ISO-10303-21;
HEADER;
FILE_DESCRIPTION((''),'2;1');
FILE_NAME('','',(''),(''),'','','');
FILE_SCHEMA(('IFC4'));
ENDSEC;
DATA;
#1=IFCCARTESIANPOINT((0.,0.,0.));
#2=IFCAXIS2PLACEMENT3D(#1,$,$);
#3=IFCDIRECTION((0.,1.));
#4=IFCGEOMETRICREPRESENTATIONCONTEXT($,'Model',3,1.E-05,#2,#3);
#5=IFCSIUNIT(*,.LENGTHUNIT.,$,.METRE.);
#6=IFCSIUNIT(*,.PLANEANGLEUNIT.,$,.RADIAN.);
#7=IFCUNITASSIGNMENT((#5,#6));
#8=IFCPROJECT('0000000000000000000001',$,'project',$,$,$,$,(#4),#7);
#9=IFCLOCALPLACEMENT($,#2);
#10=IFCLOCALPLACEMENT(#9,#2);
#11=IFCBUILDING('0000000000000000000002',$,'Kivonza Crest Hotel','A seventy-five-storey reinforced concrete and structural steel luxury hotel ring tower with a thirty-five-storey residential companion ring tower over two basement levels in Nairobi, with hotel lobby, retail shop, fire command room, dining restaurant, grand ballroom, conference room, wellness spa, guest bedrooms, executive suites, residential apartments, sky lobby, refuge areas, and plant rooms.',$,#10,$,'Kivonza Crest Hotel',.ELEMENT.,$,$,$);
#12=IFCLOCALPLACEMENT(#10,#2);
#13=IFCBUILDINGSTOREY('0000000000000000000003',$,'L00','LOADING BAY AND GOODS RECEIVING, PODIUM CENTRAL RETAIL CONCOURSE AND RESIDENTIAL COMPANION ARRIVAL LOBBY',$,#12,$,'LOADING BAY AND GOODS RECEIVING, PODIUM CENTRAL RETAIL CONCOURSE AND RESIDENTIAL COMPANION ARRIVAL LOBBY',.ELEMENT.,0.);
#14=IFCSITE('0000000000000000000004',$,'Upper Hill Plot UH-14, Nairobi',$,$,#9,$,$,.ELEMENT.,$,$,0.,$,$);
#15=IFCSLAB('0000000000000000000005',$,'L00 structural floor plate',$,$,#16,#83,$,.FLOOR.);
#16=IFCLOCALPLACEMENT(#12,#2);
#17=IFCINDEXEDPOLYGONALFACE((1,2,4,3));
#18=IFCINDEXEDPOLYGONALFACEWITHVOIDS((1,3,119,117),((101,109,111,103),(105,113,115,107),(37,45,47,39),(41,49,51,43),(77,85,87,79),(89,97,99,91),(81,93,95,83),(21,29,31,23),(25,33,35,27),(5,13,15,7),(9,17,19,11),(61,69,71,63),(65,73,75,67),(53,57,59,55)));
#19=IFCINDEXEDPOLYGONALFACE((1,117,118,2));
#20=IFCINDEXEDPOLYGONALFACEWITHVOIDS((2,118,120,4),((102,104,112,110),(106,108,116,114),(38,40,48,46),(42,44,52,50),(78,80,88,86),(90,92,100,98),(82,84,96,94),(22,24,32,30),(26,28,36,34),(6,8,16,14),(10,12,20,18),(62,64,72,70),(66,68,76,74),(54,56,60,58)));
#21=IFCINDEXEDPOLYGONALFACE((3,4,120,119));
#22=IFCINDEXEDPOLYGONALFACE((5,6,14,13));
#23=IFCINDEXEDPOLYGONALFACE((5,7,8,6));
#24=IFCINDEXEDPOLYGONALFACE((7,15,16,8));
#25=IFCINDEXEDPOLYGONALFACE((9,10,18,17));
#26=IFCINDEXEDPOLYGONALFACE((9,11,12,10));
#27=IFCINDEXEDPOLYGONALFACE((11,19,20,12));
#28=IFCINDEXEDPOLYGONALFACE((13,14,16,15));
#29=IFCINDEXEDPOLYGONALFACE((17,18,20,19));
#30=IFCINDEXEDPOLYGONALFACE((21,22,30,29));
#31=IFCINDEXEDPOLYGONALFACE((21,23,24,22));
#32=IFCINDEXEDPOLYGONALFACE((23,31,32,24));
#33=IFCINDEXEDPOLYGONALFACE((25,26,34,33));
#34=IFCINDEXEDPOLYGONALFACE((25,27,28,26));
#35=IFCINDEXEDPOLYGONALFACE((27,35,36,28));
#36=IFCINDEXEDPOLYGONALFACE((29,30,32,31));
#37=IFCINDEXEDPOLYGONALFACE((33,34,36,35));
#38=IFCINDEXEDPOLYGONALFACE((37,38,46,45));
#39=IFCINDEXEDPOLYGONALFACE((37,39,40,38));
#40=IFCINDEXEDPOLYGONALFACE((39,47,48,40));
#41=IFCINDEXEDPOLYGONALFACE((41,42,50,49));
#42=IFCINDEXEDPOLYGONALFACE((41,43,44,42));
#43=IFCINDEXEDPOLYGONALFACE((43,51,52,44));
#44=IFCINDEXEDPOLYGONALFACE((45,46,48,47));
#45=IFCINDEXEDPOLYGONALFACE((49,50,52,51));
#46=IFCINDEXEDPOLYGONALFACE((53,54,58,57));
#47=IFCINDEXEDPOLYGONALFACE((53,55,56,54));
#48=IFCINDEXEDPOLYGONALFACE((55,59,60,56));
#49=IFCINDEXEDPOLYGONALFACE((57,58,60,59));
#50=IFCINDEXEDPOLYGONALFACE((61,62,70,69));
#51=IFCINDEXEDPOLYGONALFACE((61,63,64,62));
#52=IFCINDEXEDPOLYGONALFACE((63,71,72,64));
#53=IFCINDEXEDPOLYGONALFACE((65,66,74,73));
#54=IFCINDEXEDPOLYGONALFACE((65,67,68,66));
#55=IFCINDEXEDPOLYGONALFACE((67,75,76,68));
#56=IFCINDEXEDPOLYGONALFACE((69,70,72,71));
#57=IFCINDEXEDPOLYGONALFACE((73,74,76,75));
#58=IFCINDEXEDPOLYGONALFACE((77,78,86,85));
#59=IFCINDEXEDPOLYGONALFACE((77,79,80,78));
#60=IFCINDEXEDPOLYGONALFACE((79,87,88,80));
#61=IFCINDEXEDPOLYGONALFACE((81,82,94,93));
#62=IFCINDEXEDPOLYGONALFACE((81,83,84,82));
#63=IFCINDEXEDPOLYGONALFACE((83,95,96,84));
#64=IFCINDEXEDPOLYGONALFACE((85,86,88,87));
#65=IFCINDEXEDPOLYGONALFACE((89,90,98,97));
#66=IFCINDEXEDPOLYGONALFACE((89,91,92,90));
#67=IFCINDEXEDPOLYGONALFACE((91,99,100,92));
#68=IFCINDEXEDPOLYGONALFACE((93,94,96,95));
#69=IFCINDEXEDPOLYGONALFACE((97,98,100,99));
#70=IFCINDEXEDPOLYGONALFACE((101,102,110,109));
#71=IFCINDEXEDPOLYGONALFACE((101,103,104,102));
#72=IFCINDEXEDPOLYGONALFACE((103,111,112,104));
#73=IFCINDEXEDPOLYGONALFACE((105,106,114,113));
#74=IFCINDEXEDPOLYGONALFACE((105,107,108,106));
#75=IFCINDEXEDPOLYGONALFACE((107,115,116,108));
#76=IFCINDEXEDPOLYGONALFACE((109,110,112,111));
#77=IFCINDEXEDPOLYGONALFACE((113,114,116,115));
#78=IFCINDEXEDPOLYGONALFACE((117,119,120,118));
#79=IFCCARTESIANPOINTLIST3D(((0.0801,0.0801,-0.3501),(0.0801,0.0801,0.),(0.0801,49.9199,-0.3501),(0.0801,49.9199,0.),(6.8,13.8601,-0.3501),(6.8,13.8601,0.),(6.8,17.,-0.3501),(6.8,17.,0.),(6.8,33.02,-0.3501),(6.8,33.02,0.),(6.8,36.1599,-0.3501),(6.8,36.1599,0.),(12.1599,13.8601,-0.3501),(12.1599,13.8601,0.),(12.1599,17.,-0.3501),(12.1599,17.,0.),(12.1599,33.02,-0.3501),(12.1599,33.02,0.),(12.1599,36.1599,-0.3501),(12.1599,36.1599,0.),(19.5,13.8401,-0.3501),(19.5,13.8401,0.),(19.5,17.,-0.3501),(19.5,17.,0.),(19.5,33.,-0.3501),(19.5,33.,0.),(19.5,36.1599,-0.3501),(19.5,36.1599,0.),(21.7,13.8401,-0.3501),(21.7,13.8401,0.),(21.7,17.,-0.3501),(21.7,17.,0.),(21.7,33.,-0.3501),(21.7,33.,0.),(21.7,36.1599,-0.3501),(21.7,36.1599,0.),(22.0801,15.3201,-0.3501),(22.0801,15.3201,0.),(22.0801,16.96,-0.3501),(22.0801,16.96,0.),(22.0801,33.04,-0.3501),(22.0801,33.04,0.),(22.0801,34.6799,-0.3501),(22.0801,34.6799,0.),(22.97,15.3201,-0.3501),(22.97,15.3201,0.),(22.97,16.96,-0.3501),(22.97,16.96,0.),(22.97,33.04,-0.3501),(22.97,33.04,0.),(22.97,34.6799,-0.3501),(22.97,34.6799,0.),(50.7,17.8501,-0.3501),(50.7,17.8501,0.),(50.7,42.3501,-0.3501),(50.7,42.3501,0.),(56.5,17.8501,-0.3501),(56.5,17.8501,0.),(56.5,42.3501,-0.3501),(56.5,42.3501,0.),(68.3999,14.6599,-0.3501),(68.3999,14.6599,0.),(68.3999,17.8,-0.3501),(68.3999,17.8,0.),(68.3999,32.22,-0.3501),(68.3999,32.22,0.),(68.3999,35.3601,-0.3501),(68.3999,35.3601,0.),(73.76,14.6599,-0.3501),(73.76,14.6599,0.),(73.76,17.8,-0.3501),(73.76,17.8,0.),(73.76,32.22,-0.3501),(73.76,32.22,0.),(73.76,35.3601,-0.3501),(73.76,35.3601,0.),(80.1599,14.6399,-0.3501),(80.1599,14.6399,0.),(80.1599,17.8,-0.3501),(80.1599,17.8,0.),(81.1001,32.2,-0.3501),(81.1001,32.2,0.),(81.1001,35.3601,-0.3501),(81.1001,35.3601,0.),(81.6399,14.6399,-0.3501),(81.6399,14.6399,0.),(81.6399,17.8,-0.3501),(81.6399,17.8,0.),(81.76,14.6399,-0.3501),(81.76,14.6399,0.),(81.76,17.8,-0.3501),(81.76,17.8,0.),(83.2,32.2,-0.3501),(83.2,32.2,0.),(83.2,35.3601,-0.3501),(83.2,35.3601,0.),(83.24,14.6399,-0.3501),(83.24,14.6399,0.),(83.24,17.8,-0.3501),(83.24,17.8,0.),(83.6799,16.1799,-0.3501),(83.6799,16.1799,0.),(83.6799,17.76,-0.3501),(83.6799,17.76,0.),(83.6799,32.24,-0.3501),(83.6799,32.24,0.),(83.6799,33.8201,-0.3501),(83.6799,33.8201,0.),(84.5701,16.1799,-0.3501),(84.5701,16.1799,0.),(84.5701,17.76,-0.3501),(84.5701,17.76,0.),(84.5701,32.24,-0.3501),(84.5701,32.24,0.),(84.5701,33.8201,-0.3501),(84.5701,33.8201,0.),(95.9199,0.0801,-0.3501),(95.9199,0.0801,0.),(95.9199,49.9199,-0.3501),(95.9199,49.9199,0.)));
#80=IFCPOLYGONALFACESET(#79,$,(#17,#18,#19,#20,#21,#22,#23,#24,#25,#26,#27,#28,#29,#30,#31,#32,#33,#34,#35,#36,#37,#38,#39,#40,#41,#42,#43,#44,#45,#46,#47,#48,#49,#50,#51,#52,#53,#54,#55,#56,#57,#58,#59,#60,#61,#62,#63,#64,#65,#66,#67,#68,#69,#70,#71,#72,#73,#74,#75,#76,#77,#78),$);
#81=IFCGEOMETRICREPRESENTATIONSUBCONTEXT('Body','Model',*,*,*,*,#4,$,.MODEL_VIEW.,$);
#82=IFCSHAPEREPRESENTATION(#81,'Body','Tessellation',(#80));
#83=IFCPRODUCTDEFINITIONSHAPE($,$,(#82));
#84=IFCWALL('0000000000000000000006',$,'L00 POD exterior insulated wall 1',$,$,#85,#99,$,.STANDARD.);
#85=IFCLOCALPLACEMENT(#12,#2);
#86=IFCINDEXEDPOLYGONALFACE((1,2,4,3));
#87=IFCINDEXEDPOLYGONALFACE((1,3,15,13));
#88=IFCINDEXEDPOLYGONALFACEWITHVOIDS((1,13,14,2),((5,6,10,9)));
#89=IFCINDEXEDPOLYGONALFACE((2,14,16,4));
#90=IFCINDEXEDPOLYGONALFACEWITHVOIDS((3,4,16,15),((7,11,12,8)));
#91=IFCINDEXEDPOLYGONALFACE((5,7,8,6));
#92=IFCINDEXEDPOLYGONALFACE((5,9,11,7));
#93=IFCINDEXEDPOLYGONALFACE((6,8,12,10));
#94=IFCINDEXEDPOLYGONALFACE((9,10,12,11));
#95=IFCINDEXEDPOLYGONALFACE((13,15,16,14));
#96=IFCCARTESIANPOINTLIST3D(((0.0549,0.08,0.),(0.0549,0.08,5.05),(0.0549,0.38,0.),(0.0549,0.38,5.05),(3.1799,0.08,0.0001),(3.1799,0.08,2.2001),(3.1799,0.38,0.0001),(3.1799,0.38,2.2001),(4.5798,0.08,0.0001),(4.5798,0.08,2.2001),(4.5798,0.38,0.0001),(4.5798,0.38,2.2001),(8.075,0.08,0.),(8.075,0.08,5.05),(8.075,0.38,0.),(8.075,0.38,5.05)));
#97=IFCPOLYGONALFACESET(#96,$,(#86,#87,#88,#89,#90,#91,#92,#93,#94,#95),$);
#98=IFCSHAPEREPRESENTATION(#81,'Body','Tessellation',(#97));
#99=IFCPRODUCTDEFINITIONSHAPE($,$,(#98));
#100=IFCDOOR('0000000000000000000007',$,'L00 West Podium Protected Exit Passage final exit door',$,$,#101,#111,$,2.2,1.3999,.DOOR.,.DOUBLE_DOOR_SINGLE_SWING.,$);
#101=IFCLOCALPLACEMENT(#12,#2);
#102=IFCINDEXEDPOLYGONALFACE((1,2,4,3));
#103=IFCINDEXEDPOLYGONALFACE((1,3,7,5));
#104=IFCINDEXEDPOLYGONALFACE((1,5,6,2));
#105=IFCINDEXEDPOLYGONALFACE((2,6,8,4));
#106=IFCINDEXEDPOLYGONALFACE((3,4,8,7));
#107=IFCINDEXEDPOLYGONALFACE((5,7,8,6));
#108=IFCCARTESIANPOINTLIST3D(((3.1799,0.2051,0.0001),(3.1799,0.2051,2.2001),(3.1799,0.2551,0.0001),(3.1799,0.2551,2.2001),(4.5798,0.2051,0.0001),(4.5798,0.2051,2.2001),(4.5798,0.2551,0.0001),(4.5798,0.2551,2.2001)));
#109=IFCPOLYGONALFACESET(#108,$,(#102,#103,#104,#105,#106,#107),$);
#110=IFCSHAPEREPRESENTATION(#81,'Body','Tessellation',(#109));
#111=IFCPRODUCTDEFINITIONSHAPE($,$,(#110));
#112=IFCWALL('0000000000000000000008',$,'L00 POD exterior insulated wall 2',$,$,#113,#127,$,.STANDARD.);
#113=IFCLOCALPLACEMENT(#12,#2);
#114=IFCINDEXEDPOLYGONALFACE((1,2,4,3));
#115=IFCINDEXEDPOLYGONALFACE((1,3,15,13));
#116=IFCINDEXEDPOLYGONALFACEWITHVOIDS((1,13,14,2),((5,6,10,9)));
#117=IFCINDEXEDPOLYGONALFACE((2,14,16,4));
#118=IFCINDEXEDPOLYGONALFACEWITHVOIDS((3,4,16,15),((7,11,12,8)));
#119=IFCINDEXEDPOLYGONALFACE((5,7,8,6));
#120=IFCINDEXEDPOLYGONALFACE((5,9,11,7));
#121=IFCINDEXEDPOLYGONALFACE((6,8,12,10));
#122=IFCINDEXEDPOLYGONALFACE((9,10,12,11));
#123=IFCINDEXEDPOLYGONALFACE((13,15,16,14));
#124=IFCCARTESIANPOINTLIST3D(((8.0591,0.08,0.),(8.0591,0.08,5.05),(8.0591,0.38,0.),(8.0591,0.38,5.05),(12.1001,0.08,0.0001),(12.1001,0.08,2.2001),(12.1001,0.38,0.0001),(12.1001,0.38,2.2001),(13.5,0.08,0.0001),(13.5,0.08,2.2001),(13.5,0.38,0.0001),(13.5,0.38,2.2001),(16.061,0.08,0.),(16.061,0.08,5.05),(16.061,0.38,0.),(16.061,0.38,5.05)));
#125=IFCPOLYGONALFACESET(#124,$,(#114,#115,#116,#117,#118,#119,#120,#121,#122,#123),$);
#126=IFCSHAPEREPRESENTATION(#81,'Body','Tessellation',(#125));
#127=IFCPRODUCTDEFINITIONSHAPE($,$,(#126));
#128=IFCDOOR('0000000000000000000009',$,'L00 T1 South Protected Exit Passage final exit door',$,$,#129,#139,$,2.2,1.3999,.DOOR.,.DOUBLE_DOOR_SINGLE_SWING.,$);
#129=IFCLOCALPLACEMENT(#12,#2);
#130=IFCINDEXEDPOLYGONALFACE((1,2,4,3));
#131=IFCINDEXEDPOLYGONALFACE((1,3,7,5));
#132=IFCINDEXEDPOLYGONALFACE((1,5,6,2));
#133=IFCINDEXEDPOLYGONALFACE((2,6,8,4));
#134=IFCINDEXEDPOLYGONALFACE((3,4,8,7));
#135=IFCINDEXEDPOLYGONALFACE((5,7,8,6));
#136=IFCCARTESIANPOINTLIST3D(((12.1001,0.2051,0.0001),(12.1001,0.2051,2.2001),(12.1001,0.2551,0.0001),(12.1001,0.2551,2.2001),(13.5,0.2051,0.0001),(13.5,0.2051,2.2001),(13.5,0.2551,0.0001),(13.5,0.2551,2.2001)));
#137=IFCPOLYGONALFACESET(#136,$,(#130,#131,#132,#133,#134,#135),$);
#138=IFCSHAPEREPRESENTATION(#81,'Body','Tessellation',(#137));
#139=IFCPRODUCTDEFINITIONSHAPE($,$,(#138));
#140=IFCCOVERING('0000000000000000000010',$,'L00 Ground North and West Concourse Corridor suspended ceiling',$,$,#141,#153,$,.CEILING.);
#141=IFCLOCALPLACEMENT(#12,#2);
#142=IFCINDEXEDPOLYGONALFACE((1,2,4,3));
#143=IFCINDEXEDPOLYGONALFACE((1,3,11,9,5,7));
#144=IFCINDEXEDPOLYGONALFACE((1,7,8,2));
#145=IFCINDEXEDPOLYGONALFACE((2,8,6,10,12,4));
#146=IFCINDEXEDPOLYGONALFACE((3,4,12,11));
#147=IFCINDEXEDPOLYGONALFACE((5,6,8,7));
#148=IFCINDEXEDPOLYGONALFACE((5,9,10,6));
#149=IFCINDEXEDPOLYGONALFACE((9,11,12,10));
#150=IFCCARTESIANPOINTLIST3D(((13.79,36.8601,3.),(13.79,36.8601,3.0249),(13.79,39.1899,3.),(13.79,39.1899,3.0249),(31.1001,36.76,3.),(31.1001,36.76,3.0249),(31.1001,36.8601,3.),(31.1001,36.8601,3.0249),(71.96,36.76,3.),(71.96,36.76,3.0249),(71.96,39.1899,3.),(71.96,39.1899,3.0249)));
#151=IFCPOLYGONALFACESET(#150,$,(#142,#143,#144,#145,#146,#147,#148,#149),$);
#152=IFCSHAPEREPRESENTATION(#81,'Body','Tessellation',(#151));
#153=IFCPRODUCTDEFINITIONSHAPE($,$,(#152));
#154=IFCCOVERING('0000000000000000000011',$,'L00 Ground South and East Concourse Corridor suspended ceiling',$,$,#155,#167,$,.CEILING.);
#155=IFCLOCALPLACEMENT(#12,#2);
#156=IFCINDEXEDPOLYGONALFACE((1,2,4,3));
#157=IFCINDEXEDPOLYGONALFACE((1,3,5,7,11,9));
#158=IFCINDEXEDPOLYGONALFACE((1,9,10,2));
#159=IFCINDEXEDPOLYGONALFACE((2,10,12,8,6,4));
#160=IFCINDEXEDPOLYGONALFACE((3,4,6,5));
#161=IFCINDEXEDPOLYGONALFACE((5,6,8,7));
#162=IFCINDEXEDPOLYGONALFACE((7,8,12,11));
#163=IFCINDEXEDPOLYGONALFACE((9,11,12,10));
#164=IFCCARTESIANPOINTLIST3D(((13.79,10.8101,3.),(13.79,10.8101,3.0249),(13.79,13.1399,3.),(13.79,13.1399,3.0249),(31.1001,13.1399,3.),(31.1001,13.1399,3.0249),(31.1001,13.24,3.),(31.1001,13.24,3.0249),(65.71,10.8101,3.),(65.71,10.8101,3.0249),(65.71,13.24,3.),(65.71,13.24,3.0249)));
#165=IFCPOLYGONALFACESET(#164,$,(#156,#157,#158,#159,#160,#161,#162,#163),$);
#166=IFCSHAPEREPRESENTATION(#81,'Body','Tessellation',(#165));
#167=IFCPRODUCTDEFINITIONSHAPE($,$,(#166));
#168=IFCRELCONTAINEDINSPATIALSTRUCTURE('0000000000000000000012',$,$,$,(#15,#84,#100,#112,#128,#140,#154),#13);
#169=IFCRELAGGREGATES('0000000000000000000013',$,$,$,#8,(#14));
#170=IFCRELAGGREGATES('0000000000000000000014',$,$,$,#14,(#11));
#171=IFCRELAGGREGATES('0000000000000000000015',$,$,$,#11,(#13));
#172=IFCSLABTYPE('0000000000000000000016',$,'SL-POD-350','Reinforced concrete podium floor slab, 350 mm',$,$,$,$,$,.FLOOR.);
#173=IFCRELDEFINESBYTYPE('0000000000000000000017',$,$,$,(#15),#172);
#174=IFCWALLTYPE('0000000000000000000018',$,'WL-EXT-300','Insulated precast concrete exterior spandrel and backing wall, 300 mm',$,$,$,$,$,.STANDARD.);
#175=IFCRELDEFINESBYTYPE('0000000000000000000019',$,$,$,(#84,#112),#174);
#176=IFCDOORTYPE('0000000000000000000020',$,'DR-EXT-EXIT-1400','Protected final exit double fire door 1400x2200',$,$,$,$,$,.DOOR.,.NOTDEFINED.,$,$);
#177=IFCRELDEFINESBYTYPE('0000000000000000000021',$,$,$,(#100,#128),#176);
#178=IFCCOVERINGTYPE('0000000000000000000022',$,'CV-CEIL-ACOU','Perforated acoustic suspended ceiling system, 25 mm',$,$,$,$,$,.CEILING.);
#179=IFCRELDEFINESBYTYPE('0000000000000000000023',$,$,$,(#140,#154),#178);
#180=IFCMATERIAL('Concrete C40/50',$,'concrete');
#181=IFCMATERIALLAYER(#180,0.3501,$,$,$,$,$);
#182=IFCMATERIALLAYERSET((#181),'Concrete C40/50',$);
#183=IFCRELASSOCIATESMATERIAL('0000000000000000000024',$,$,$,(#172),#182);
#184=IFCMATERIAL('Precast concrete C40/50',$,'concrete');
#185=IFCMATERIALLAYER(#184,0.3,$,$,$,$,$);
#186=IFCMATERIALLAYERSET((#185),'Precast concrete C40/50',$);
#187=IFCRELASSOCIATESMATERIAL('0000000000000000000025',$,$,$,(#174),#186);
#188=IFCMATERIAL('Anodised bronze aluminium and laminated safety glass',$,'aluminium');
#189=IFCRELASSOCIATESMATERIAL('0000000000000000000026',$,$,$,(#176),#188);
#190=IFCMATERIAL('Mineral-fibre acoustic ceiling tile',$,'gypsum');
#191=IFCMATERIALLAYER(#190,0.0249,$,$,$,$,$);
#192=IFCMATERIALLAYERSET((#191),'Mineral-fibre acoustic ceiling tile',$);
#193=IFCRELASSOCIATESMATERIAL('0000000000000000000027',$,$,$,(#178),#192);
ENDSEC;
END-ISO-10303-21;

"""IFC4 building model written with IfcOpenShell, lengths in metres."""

from ifc_helpers import new_model, si_unit, direction, frame, frame_2d, origin, place, context, subcontext, project, spatial, polyline, rectangle, outline, extrude, material, layer, layer_set, type_object, element, fill, save


model = new_model("IFC4")

# Units and contexts
model_context = context("Model", 3, precision=1e-05, world=origin(), true_north=direction((0.0, 1.0)))
body_context = subcontext(model_context, "Body", "Model", "MODEL_VIEW")
ifc_project = project(units=[si_unit("LENGTHUNIT", "METRE"), si_unit("PLANEANGLEUNIT", "RADIAN")], contexts=[model_context])

# Site, building, storey
site_placement = place(None, origin())
site = spatial("IfcSite", under=ifc_project, at=site_placement, Name="Upper Hill Plot UH-14, Nairobi", CompositionType="ELEMENT", RefElevation=0.0)
building_placement = place(site_placement, origin())
building = spatial("IfcBuilding", under=site, at=building_placement, Name="Kivonza Crest Hotel", Description="A seventy-five-storey reinforced concrete and structural steel luxury hotel ring tower with a thirty-five-storey residential companion ring tower over two basement levels in Nairobi, with hotel lobby, retail shop, fire command room, dining restaurant, grand ballroom, conference room, wellness spa, guest bedrooms, executive suites, residential apartments, sky lobby, refuge areas, and plant rooms.", LongName="Kivonza Crest Hotel", CompositionType="ELEMENT")
storey_placement = place(building_placement, origin())
storey = spatial("IfcBuildingStorey", under=building, at=storey_placement, Name="L00", Description="LOADING BAY AND GOODS RECEIVING, PODIUM CENTRAL RETAIL CONCOURSE AND RESIDENTIAL COMPANION ARRIVAL LOBBY", LongName="LOADING BAY AND GOODS RECEIVING, PODIUM CENTRAL RETAIL CONCOURSE AND RESIDENTIAL COMPANION ARRIVAL LOBBY", CompositionType="ELEMENT", Elevation=0.0)

# Shared definitions
ifc_material_1 = material(Name="Concrete C40/50", Category="concrete")

# Slab
ifc_layer_1 = layer(ifc_material_1, 0.3501)
ifc_layer_set_1 = layer_set([ifc_layer_1], Name="Concrete C40/50")
slab_type_1 = type_object("IfcSlabType", Name="SL-POD-350", Description="Reinforced concrete podium floor slab, 350 mm", PredefinedType="FLOOR", material=ifc_layer_set_1)
slab_1_placement = place(storey_placement, frame((0.0, 0.0, -0.3501)))
element("IfcSlab", 1, at=slab_1_placement, inside=storey, type_object=slab_type_1, Name="L00 structural floor plate", PredefinedType="FLOOR", context=body_context, shape_type="SweptSolid", body=[
    extrude(outline(polyline([(0.0801, 0.0801), (95.9199, 0.0801), (95.9199, 49.9199), (0.0801, 49.9199), (0.0801, 0.0801)]), holes=[polyline([(6.8, 33.02), (12.1599, 33.02), (12.1599, 36.1599), (6.8, 36.1599), (6.8, 33.02)]), polyline([(6.8, 13.8601), (12.1599, 13.8601), (12.1599, 17.0), (6.8, 17.0), (6.8, 13.8601)]), polyline([(68.3999, 32.22), (73.76, 32.22), (73.76, 35.3601), (68.3999, 35.3601), (68.3999, 32.22)]), polyline([(68.3999, 14.6599), (73.76, 14.6599), (73.76, 17.8), (68.3999, 17.8), (68.3999, 14.6599)]), polyline([(22.0801, 33.04), (22.97, 33.04), (22.97, 34.6799), (22.0801, 34.6799), (22.0801, 33.04)]), polyline([(22.0801, 15.3201), (22.97, 15.3201), (22.97, 16.96), (22.0801, 16.96), (22.0801, 15.3201)]), polyline([(83.6799, 32.24), (84.5701, 32.24), (84.5701, 33.8201), (83.6799, 33.8201), (83.6799, 32.24)]), polyline([(83.6799, 16.1799), (84.5701, 16.1799), (84.5701, 17.76), (83.6799, 17.76), (83.6799, 16.1799)]), polyline([(19.5, 33.0), (21.7, 33.0), (21.7, 36.1599), (19.5, 36.1599), (19.5, 33.0)]), polyline([(19.5, 13.8401), (21.7, 13.8401), (21.7, 17.0), (19.5, 17.0), (19.5, 13.8401)]), polyline([(81.1001, 32.2), (83.2, 32.2), (83.2, 35.3601), (81.1001, 35.3601), (81.1001, 32.2)]), polyline([(80.1599, 14.6399), (81.6399, 14.6399), (81.6399, 17.8), (80.1599, 17.8), (80.1599, 14.6399)]), polyline([(81.76, 14.6399), (83.24, 14.6399), (83.24, 17.8), (81.76, 17.8), (81.76, 14.6399)]), polyline([(50.7, 17.8501), (56.5, 17.8501), (56.5, 42.3501), (50.7, 42.3501), (50.7, 17.8501)])]), origin(), (0.0, 0.0, 1.0), 0.3501),
])

# Walls, openings, doors
ifc_material_2 = material(Name="Precast concrete C40/50", Category="concrete")
ifc_layer_2 = layer(ifc_material_2, 0.3)
ifc_layer_set_2 = layer_set([ifc_layer_2], Name="Precast concrete C40/50")
wall_type = type_object("IfcWallType", Name="WL-EXT-300", Description="Insulated precast concrete exterior spandrel and backing wall, 300 mm", PredefinedType="STANDARD", material=ifc_layer_set_2)
wall_1_placement = place(storey_placement, frame((0.0549, 0.23, 0.0), z_axis=(0.0, 0.0, 1.0), x_axis=(1.0, 0.0, 0.0)))
wall_1 = element("IfcWall", 2, at=wall_1_placement, inside=storey, type_object=wall_type, Name="L00 POD exterior insulated wall 1", PredefinedType="STANDARD", context=body_context, shape_type="SweptSolid", body=[
    extrude(rectangle(XDim=8.02, YDim=0.3, at=frame_2d((4.01, 0.0))), origin(), (0.0, 0.0, 1.0), 5.05),
])
opening_1_placement = place(wall_1_placement, frame((3.125, 0.0, 0.0)))
opening_1 = element("IfcOpeningElement", 3, at=opening_1_placement, cuts=wall_1, PredefinedType="OPENING", context=body_context, shape_type="SweptSolid", body=[
    extrude(rectangle(XDim=1.3999, YDim=2.2, at=frame_2d((0.7, 1.1001))), frame((0.0, 0.1602, 0.0), z_axis=(0.0, -1.0, 0.0), x_axis=(1.0, 0.0, 0.0)), (0.0, 0.0, 1.0), 0.3201),
])
ifc_material_3 = material(Name="Anodised bronze aluminium and laminated safety glass", Category="aluminium")
door_type = type_object("IfcDoorType", Name="DR-EXT-EXIT-1400", Description="Protected final exit double fire door 1400x2200", OperationType="NOTDEFINED", PredefinedType="DOOR", material=ifc_material_3)
door_1_placement = place(opening_1_placement, frame((1.3999, 0.0, 0.0), z_axis=(0.0, 0.0, 1.0), x_axis=(-1.0, 0.0, 0.0)))
door_1 = element("IfcDoor", 4, at=door_1_placement, inside=storey, type_object=door_type, Name="L00 West Podium Protected Exit Passage final exit door", OperationType="DOUBLE_DOOR_SINGLE_SWING", OverallHeight=2.2, OverallWidth=1.3999, PredefinedType="DOOR", context=body_context, shape_type="SweptSolid", body=[
    extrude(rectangle(XDim=1.3999, YDim=2.2, at=frame_2d((0.7, 1.1001))), frame((0.0, 0.0249, 0.0), z_axis=(0.0, -1.0, 0.0), x_axis=(1.0, 0.0, 0.0)), (0.0, 0.0, 1.0), 0.05),
])
fill(opening_1, door_1)
wall_2_placement = place(storey_placement, frame((8.0591, 0.23, 0.0), z_axis=(0.0, 0.0, 1.0), x_axis=(1.0, 0.0, 0.0)))
wall_2 = element("IfcWall", 5, at=wall_2_placement, inside=storey, type_object=wall_type, Name="L00 POD exterior insulated wall 2", PredefinedType="STANDARD", context=body_context, shape_type="SweptSolid", body=[
    extrude(rectangle(XDim=8.002, YDim=0.3, at=frame_2d((4.001, 0.0))), origin(), (0.0, 0.0, 1.0), 5.05),
])
opening_2_placement = place(wall_2_placement, frame((4.041, 0.0, 0.0)))
opening_2 = element("IfcOpeningElement", 6, at=opening_2_placement, cuts=wall_2, PredefinedType="OPENING", context=body_context, shape_type="SweptSolid", body=[
    extrude(rectangle(XDim=1.3999, YDim=2.2, at=frame_2d((0.7, 1.1001))), frame((0.0, 0.1602, 0.0), z_axis=(0.0, -1.0, 0.0), x_axis=(1.0, 0.0, 0.0)), (0.0, 0.0, 1.0), 0.3201),
])
door_2_placement = place(opening_2_placement, frame((1.3999, 0.0, 0.0), z_axis=(0.0, 0.0, 1.0), x_axis=(-1.0, 0.0, 0.0)))
door_2 = element("IfcDoor", 7, at=door_2_placement, inside=storey, type_object=door_type, Name="L00 T1 South Protected Exit Passage final exit door", OperationType="DOUBLE_DOOR_SINGLE_SWING", OverallHeight=2.2, OverallWidth=1.3999, PredefinedType="DOOR", context=body_context, shape_type="SweptSolid", body=[
    extrude(rectangle(XDim=1.3999, YDim=2.2, at=frame_2d((0.7, 1.1001))), frame((0.0, 0.0249, 0.0), z_axis=(0.0, -1.0, 0.0), x_axis=(1.0, 0.0, 0.0)), (0.0, 0.0, 1.0), 0.05),
])
fill(opening_2, door_2)

# Coverings
ifc_material_4 = material(Name="Mineral-fibre acoustic ceiling tile", Category="gypsum")
ifc_layer_3 = layer(ifc_material_4, 0.0249)
ifc_layer_set_3 = layer_set([ifc_layer_3], Name="Mineral-fibre acoustic ceiling tile")
covering_type = type_object("IfcCoveringType", Name="CV-CEIL-ACOU", Description="Perforated acoustic suspended ceiling system, 25 mm", PredefinedType="CEILING", material=ifc_layer_set_3)
covering_1_placement = place(storey_placement, frame((0.0, 0.0, 3.0)))
element("IfcCovering", 8, at=covering_1_placement, inside=storey, type_object=covering_type, Name="L00 Ground North and West Concourse Corridor suspended ceiling", PredefinedType="CEILING", context=body_context, shape_type="SweptSolid", body=[
    extrude(outline(polyline([(71.96, 36.76), (71.96, 39.1899), (13.79, 39.1899), (13.79, 36.8601), (31.1001, 36.8601), (31.1001, 36.76), (71.96, 36.76)])), origin(), (0.0, 0.0, 1.0), 0.0249),
])
covering_2_placement = place(storey_placement, frame((0.0, 0.0, 3.0)))
element("IfcCovering", 9, at=covering_2_placement, inside=storey, type_object=covering_type, Name="L00 Ground South and East Concourse Corridor suspended ceiling", PredefinedType="CEILING", context=body_context, shape_type="SweptSolid", body=[
    extrude(outline(polyline([(13.79, 10.8101), (65.71, 10.8101), (65.71, 13.24), (31.1001, 13.24), (31.1001, 13.1399), (13.79, 13.1399), (13.79, 10.8101)])), origin(), (0.0, 0.0, 1.0), 0.0249),
])

save(model, "model.ifc")
